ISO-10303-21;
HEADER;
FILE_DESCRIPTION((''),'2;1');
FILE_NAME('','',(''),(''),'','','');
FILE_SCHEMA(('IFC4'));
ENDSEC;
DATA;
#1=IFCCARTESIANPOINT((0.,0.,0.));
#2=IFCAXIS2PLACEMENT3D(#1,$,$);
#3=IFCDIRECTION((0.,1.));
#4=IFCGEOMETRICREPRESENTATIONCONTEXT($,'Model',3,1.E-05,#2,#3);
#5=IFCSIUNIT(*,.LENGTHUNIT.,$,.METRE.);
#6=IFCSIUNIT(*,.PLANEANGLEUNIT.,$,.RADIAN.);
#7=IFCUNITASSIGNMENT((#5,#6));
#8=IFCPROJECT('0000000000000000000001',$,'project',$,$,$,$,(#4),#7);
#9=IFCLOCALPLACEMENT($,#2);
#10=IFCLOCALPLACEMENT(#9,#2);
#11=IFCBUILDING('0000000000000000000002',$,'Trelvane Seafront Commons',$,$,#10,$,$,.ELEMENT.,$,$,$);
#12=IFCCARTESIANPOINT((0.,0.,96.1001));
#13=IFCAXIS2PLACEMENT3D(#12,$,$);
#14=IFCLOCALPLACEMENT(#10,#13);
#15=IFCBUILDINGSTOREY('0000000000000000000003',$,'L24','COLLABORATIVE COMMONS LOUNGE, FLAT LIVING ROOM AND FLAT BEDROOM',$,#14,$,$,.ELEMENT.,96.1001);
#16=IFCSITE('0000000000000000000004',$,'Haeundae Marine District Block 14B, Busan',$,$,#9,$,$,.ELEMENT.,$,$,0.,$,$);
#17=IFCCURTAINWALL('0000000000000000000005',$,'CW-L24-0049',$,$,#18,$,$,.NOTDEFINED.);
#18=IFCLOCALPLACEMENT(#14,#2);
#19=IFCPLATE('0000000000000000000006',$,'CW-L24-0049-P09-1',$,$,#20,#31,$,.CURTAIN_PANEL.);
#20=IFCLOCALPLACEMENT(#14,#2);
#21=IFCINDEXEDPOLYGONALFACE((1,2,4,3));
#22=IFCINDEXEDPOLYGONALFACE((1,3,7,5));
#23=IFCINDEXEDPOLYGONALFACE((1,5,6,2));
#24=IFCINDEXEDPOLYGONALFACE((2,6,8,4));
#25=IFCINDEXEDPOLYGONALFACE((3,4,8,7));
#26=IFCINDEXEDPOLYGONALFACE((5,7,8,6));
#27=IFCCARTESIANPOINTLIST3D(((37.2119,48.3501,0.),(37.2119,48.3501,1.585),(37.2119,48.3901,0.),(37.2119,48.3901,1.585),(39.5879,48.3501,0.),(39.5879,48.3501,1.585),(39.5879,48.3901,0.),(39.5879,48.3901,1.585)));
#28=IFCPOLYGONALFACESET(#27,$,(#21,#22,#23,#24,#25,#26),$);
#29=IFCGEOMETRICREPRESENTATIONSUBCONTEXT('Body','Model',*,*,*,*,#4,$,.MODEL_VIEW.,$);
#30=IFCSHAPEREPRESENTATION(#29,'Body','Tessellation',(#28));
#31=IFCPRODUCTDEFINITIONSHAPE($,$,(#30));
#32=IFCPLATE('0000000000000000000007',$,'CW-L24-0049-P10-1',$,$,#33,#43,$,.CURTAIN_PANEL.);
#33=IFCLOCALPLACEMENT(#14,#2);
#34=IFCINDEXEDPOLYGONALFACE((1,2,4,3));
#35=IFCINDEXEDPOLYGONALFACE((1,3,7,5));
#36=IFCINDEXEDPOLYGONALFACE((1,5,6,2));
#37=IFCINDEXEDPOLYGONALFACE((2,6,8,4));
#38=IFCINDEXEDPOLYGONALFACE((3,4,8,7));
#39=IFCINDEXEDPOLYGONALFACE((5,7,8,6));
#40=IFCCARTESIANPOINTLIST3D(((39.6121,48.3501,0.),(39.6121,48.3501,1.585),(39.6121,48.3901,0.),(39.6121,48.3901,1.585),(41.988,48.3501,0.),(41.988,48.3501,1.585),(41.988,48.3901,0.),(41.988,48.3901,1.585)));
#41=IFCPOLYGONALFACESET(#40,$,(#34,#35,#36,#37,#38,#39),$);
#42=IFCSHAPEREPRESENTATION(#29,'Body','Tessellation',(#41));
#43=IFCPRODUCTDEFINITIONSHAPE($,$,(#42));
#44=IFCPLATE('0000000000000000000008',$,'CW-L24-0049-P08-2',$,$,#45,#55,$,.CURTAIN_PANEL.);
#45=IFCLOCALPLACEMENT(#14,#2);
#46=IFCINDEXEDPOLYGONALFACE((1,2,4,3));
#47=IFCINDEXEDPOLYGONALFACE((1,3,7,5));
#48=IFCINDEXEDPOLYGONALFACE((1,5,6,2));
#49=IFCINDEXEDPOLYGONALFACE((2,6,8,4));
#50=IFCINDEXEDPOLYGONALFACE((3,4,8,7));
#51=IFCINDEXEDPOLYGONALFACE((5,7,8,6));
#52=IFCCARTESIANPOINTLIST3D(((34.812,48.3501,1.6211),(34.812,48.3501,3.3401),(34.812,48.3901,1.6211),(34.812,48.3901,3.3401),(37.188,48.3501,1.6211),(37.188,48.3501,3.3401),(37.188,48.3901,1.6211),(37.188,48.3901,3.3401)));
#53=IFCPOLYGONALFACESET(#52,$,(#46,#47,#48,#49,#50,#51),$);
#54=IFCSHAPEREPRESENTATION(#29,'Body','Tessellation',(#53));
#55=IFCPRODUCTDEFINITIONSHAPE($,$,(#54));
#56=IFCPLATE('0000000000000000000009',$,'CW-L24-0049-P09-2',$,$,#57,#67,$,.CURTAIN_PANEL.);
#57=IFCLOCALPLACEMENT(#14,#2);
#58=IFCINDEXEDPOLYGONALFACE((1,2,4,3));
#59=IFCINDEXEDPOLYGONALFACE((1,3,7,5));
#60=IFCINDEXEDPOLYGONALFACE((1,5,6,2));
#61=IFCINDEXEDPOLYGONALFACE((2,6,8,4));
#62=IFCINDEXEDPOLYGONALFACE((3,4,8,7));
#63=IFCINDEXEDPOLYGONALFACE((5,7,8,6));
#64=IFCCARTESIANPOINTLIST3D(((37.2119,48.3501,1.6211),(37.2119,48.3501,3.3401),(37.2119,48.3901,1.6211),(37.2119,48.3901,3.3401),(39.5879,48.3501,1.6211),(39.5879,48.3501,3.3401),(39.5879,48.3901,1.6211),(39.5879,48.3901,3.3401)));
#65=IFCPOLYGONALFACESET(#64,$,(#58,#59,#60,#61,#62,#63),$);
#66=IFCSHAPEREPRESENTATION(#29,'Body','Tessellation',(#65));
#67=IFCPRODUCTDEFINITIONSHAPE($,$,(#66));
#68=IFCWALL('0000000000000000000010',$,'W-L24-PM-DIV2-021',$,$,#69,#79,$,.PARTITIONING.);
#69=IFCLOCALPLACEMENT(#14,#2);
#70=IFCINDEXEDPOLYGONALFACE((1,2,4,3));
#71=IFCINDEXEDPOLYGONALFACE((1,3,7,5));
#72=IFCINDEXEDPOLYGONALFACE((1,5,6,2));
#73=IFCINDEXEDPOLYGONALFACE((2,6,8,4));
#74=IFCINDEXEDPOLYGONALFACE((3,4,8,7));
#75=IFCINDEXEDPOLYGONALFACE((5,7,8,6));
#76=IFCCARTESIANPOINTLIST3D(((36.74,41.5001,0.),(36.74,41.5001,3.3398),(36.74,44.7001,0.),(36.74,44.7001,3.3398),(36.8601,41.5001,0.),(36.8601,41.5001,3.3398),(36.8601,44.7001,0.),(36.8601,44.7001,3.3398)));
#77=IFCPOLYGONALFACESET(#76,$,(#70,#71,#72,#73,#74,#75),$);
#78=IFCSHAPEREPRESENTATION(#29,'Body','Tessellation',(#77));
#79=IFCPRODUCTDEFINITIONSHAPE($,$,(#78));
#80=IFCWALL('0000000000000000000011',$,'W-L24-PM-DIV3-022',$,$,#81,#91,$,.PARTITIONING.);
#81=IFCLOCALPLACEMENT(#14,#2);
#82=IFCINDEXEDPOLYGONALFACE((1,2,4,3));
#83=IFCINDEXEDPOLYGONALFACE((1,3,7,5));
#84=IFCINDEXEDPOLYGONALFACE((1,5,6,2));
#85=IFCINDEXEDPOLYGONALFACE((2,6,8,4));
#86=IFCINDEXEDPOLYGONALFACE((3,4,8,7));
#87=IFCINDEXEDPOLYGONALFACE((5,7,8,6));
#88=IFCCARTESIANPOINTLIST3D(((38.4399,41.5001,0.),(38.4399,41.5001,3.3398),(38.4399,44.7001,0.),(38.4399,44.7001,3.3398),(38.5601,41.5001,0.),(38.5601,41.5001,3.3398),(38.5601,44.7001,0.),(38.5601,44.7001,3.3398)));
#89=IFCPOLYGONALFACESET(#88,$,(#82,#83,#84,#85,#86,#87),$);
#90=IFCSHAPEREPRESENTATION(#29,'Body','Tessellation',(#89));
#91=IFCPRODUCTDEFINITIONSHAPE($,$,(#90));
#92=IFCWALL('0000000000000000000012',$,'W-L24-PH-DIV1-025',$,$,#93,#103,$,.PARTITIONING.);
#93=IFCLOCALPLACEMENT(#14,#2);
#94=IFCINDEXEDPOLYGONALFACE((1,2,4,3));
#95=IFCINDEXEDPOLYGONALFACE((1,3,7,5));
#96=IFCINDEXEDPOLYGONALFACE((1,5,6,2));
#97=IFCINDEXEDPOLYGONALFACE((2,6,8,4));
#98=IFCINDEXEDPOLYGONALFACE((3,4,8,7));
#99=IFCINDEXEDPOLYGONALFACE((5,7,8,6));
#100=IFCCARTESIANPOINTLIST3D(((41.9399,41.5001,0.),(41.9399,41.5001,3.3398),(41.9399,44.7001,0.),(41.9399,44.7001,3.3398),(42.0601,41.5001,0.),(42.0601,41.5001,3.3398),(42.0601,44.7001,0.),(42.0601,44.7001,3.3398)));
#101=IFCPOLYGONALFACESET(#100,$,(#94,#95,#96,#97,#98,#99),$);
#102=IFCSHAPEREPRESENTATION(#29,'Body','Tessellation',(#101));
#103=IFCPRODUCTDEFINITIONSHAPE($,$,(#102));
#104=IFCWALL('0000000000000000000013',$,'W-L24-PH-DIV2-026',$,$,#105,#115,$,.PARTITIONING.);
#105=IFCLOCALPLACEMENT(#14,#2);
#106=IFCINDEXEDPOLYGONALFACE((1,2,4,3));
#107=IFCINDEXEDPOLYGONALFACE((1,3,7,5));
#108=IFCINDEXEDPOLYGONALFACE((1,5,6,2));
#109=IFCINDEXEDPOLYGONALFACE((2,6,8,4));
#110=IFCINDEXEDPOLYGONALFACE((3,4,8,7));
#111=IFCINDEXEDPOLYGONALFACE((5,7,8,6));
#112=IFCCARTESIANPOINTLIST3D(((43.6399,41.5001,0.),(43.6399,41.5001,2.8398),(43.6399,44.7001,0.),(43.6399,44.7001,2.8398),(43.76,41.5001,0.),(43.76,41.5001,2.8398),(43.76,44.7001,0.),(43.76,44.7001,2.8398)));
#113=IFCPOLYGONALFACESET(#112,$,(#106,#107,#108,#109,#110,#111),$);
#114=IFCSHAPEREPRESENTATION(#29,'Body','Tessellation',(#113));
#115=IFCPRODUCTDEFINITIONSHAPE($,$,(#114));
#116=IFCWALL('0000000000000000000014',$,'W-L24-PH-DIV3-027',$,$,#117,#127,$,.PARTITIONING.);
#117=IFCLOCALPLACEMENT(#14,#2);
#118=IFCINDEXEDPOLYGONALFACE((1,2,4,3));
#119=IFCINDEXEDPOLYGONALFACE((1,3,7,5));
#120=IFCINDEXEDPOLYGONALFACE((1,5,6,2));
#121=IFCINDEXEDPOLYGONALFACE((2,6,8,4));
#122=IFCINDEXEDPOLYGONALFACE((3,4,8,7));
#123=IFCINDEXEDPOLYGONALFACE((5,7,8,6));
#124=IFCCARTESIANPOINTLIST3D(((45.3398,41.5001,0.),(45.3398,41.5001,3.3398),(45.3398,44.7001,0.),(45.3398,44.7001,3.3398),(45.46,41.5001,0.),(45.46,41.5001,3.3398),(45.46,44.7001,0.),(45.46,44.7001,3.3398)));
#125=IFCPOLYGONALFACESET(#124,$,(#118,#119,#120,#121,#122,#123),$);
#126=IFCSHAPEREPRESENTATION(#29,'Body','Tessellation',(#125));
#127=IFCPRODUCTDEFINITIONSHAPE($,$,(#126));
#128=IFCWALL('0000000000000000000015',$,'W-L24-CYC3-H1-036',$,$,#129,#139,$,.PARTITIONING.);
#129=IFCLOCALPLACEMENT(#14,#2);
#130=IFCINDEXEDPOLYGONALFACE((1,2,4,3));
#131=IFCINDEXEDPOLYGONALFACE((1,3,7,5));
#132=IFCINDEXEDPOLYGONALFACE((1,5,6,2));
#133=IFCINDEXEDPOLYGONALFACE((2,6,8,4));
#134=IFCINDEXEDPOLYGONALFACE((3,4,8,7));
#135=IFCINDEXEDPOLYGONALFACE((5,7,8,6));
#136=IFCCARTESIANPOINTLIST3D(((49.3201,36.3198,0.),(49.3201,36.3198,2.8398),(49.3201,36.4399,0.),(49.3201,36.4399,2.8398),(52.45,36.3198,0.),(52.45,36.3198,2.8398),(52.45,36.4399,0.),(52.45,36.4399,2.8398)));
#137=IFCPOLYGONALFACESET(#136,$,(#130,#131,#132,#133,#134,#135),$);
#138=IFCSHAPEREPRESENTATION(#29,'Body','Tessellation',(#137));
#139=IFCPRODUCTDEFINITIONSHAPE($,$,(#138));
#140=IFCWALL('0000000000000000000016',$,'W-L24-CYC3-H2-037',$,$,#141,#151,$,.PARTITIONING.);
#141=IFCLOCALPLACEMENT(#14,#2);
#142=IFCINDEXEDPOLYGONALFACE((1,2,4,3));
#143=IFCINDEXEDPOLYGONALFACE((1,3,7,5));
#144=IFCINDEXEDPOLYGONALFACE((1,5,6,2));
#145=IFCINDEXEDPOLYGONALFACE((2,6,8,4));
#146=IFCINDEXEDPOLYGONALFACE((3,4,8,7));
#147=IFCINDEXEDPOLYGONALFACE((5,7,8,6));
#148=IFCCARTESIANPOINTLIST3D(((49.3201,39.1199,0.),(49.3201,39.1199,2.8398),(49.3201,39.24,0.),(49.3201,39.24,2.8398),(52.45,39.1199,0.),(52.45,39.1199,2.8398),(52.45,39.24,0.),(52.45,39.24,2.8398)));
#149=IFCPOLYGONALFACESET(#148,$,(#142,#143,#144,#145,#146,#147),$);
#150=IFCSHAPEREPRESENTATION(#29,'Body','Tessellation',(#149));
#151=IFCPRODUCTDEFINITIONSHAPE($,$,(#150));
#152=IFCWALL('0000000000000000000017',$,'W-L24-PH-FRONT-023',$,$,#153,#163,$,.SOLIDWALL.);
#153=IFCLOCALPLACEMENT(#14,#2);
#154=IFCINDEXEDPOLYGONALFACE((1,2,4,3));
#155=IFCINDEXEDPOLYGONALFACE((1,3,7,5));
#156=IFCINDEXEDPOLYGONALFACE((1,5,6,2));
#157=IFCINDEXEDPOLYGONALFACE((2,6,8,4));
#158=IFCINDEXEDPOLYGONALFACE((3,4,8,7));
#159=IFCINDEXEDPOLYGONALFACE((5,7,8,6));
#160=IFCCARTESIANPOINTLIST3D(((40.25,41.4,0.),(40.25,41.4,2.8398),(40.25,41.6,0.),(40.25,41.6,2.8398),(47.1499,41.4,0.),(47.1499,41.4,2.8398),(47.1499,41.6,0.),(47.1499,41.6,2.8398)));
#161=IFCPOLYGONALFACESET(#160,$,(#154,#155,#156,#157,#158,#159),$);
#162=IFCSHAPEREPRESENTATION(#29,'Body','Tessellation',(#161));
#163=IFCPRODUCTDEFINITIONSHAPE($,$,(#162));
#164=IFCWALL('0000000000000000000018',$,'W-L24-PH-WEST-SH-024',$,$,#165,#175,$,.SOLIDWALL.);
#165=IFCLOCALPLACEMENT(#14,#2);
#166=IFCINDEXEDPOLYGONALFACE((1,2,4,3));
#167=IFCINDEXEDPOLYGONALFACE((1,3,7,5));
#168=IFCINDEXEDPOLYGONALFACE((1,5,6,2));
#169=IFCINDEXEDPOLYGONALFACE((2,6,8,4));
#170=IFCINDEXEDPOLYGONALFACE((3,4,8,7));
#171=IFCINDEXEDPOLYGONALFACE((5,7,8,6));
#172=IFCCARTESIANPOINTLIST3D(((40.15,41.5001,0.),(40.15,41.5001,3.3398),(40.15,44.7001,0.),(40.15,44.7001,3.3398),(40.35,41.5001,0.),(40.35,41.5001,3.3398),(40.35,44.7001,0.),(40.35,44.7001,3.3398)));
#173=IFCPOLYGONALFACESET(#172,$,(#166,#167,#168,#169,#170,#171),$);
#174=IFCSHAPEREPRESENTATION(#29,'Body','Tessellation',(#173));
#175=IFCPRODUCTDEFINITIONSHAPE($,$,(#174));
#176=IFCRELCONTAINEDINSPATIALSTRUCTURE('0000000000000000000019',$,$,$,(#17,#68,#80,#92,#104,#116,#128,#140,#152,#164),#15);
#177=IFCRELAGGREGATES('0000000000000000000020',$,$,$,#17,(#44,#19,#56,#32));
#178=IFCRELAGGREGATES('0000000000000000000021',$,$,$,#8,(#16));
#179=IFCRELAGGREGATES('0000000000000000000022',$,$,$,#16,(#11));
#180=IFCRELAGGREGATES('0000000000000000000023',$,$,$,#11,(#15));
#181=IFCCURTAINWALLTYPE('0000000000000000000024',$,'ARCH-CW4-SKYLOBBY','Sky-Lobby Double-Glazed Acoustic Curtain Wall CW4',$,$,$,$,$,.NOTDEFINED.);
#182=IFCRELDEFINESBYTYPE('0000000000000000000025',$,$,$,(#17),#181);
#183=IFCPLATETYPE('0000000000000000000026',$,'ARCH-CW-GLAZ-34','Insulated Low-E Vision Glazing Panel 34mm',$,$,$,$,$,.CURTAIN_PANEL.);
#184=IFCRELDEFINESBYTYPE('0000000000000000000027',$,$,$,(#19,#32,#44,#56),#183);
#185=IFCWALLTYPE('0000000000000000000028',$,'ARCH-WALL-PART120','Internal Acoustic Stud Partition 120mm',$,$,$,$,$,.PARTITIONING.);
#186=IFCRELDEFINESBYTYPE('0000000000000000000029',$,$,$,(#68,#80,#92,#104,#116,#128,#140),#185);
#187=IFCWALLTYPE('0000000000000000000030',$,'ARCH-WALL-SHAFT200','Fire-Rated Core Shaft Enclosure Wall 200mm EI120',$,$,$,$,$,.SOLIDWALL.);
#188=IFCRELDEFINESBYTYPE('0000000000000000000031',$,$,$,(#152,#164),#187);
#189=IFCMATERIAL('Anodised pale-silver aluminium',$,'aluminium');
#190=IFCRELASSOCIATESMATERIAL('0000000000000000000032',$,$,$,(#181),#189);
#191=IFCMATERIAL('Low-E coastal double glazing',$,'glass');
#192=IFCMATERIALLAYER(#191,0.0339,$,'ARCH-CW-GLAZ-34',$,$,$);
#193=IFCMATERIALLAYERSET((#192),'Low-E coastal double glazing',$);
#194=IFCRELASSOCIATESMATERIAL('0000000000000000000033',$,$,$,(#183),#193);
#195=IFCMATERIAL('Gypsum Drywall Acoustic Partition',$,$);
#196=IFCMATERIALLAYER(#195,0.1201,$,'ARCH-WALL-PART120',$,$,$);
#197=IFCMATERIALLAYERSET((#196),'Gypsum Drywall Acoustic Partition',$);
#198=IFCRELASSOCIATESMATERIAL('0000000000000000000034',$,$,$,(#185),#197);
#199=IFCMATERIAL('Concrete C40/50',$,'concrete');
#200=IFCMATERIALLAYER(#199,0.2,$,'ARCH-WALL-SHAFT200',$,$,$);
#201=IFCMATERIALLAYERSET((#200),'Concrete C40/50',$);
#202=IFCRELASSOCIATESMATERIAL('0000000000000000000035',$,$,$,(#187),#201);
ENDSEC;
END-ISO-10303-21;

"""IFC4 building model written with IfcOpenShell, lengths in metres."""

from ifc_helpers import new_model, si_unit, direction, frame, frame_2d, origin, origin_2d, place, context, subcontext, project, spatial, rectangle, extrude, source, transform, mapped, material, layer, layer_set, type_object, element, aggregate, save


model = new_model("IFC4")

# Units and contexts
model_context = context("Model", 3, precision=1e-05, world=origin(), true_north=direction((0.0, 1.0)))
body_context = subcontext(model_context, "Body", "Model", "MODEL_VIEW")
ifc_project = project(units=[si_unit("LENGTHUNIT", "METRE"), si_unit("PLANEANGLEUNIT", "RADIAN")], contexts=[model_context])

# Site, building, storey
site_placement = place(None, origin())
site = spatial("IfcSite", under=ifc_project, at=site_placement, Name="Haeundae Marine District Block 14B, Busan", CompositionType="ELEMENT", RefElevation=0.0)
building_placement = place(site_placement, origin())
building = spatial("IfcBuilding", under=site, at=building_placement, Name="Trelvane Seafront Commons", CompositionType="ELEMENT")
storey_placement = place(building_placement, frame((0.0, 0.0, 96.1001)))
storey = spatial("IfcBuildingStorey", under=building, at=storey_placement, Name="L24", Description="COLLABORATIVE COMMONS LOUNGE, FLAT LIVING ROOM AND FLAT BEDROOM", CompositionType="ELEMENT", Elevation=96.1001)

# Curtain wall, plates
ifc_material_1 = material(Name="Anodised pale-silver aluminium", Category="aluminium")
curtain_wall_type = type_object("IfcCurtainWallType", Name="ARCH-CW4-SKYLOBBY", Description="Sky-Lobby Double-Glazed Acoustic Curtain Wall CW4", PredefinedType="NOTDEFINED", material=ifc_material_1)
curtain_wall_placement = place(storey_placement, origin())
curtain_wall = element("IfcCurtainWall", 1, at=curtain_wall_placement, inside=storey, type_object=curtain_wall_type, Name="CW-L24-0049", PredefinedType="NOTDEFINED")
ifc_material_2 = material(Name="Low-E coastal double glazing", Category="glass")
ifc_layer_1 = layer(ifc_material_2, 0.0339, Name="ARCH-CW-GLAZ-34")
ifc_layer_set_1 = layer_set([ifc_layer_1], Name="Low-E coastal double glazing")
plate_type = type_object("IfcPlateType", Name="ARCH-CW-GLAZ-34", Description="Insulated Low-E Vision Glazing Panel 34mm", PredefinedType="CURTAIN_PANEL", material=ifc_layer_set_1)
shared_shape_1 = source(origin(), body_context, "Body", "SweptSolid", [
    extrude(rectangle(XDim=2.376, YDim=0.04, at=origin_2d()), origin(), (0.0, 0.0, 1.0), 1.585),
])
plate_1_placement = place(storey_placement, frame((38.3999, 48.3701, 0.0), z_axis=(0.0, 0.0, 1.0), x_axis=(1.0, 0.0, 0.0)))
plate_1 = element("IfcPlate", 2, at=plate_1_placement, type_object=plate_type, Name="CW-L24-0049-P09-1", PredefinedType="CURTAIN_PANEL", context=body_context, shape_type="MappedRepresentation", body=[
    mapped(shared_shape_1, transform((0.0, 0.0, 0.0), x_axis=(1.0, 0.0, 0.0), y_axis=(0.0, 1.0, 0.0), z_axis=(0.0, 0.0, 1.0), scale=1.0)),
])
plate_2_placement = place(storey_placement, frame((40.8, 48.3701, 0.0), z_axis=(0.0, 0.0, 1.0), x_axis=(1.0, 0.0, 0.0)))
plate_2 = element("IfcPlate", 3, at=plate_2_placement, type_object=plate_type, Name="CW-L24-0049-P10-1", PredefinedType="CURTAIN_PANEL", context=body_context, shape_type="MappedRepresentation", body=[
    mapped(shared_shape_1, transform((0.0, 0.0, 0.0), x_axis=(1.0, 0.0, 0.0), y_axis=(0.0, 1.0, 0.0), z_axis=(0.0, 0.0, 1.0), scale=1.0)),
])
shared_shape_2 = source(origin(), body_context, "Body", "SweptSolid", [
    extrude(rectangle(XDim=2.376, YDim=0.04, at=origin_2d()), origin(), (0.0, 0.0, 1.0), 1.719),
])
plate_3_placement = place(storey_placement, frame((36.0, 48.3701, 1.6211), z_axis=(0.0, 0.0, 1.0), x_axis=(1.0, 0.0, 0.0)))
plate_3 = element("IfcPlate", 4, at=plate_3_placement, type_object=plate_type, Name="CW-L24-0049-P08-2", PredefinedType="CURTAIN_PANEL", context=body_context, shape_type="MappedRepresentation", body=[
    mapped(shared_shape_2, transform((0.0, 0.0, 0.0), x_axis=(1.0, 0.0, 0.0), y_axis=(0.0, 1.0, 0.0), z_axis=(0.0, 0.0, 1.0), scale=1.0)),
])
plate_4_placement = place(storey_placement, frame((38.3999, 48.3701, 1.6211), z_axis=(0.0, 0.0, 1.0), x_axis=(1.0, 0.0, 0.0)))
plate_4 = element("IfcPlate", 5, at=plate_4_placement, type_object=plate_type, Name="CW-L24-0049-P09-2", PredefinedType="CURTAIN_PANEL", context=body_context, shape_type="MappedRepresentation", body=[
    mapped(shared_shape_2, transform((0.0, 0.0, 0.0), x_axis=(1.0, 0.0, 0.0), y_axis=(0.0, 1.0, 0.0), z_axis=(0.0, 0.0, 1.0), scale=1.0)),
])
aggregate(curtain_wall, [plate_3, plate_1, plate_4, plate_2])

# Walls
ifc_material_3 = material(Name="Gypsum Drywall Acoustic Partition")
ifc_layer_2 = layer(ifc_material_3, 0.1201, Name="ARCH-WALL-PART120")
ifc_layer_set_2 = layer_set([ifc_layer_2], Name="Gypsum Drywall Acoustic Partition")
wall_type_1 = type_object("IfcWallType", Name="ARCH-WALL-PART120", Description="Internal Acoustic Stud Partition 120mm", PredefinedType="PARTITIONING", material=ifc_layer_set_2)
for number, where, z_axis, x_axis, name in (
    (6, (36.8, 41.5, 0.0), (0.0, 0.0, 1.0), (0.0, 1.0, 0.0), "W-L24-PM-DIV2-021"),
    (7, (38.5, 41.5, 0.0), (0.0, 0.0, 1.0), (0.0, 1.0, 0.0), "W-L24-PM-DIV3-022"),
    (8, (42.0, 41.5, 0.0), (0.0, 0.0, 1.0), (0.0, 1.0, 0.0), "W-L24-PH-DIV1-025"),
):
    element("IfcWall", number, at=place(storey_placement, frame(where, z_axis=z_axis, x_axis=x_axis)), inside=storey, type_object=wall_type_1, Name=name, PredefinedType="PARTITIONING", context=body_context, shape_type="SweptSolid", body=[
        extrude(rectangle(XDim=3.2, YDim=0.1201, at=frame_2d((1.6001, 0.0))), origin(), (0.0, 0.0, 1.0), 3.3398),
    ])
wall_1_placement = place(storey_placement, frame((43.7, 41.5, 0.0), z_axis=(0.0, 0.0, 1.0), x_axis=(0.0, 1.0, 0.0)))
element("IfcWall", 9, at=wall_1_placement, inside=storey, type_object=wall_type_1, Name="W-L24-PH-DIV2-026", PredefinedType="PARTITIONING", context=body_context, shape_type="SweptSolid", body=[
    extrude(rectangle(XDim=3.2, YDim=0.1201, at=frame_2d((1.6001, 0.0))), origin(), (0.0, 0.0, 1.0), 2.8398),
])
wall_2_placement = place(storey_placement, frame((45.3999, 41.5, 0.0), z_axis=(0.0, 0.0, 1.0), x_axis=(0.0, 1.0, 0.0)))
element("IfcWall", 10, at=wall_2_placement, inside=storey, type_object=wall_type_1, Name="W-L24-PH-DIV3-027", PredefinedType="PARTITIONING", context=body_context, shape_type="SweptSolid", body=[
    extrude(rectangle(XDim=3.2, YDim=0.1201, at=frame_2d((1.6001, 0.0))), origin(), (0.0, 0.0, 1.0), 3.3398),
])
for number, where, z_axis, x_axis, name in (
    (11, (49.3201, 36.3799, 0.0), (0.0, 0.0, 1.0), (1.0, 0.0, 0.0), "W-L24-CYC3-H1-036"),
    (12, (49.3201, 39.1799, 0.0), (0.0, 0.0, 1.0), (1.0, 0.0, 0.0), "W-L24-CYC3-H2-037"),
):
    element("IfcWall", number, at=place(storey_placement, frame(where, z_axis=z_axis, x_axis=x_axis)), inside=storey, type_object=wall_type_1, Name=name, PredefinedType="PARTITIONING", context=body_context, shape_type="SweptSolid", body=[
        extrude(rectangle(XDim=3.1299, YDim=0.1201, at=frame_2d((1.5649, 0.0))), origin(), (0.0, 0.0, 1.0), 2.8398),
    ])

# Walls
ifc_material_4 = material(Name="Concrete C40/50", Category="concrete")
ifc_layer_3 = layer(ifc_material_4, 0.2, Name="ARCH-WALL-SHAFT200")
ifc_layer_set_3 = layer_set([ifc_layer_3], Name="Concrete C40/50")
wall_type_2 = type_object("IfcWallType", Name="ARCH-WALL-SHAFT200", Description="Fire-Rated Core Shaft Enclosure Wall 200mm EI120", PredefinedType="SOLIDWALL", material=ifc_layer_set_3)
wall_3_placement = place(storey_placement, frame((40.25, 41.5, 0.0), z_axis=(0.0, 0.0, 1.0), x_axis=(1.0, 0.0, 0.0)))
element("IfcWall", 13, at=wall_3_placement, inside=storey, type_object=wall_type_2, Name="W-L24-PH-FRONT-023", PredefinedType="SOLIDWALL", context=body_context, shape_type="SweptSolid", body=[
    extrude(rectangle(XDim=6.8999, YDim=0.2, at=frame_2d((3.45, 0.0))), origin(), (0.0, 0.0, 1.0), 2.8398),
])
wall_4_placement = place(storey_placement, frame((40.25, 41.5, 0.0), z_axis=(0.0, 0.0, 1.0), x_axis=(0.0, 1.0, 0.0)))
element("IfcWall", 14, at=wall_4_placement, inside=storey, type_object=wall_type_2, Name="W-L24-PH-WEST-SH-024", PredefinedType="SOLIDWALL", context=body_context, shape_type="SweptSolid", body=[
    extrude(rectangle(XDim=3.2, YDim=0.2, at=frame_2d((1.6001, 0.0))), origin(), (0.0, 0.0, 1.0), 3.3398),
])

save(model, "model.ifc")
